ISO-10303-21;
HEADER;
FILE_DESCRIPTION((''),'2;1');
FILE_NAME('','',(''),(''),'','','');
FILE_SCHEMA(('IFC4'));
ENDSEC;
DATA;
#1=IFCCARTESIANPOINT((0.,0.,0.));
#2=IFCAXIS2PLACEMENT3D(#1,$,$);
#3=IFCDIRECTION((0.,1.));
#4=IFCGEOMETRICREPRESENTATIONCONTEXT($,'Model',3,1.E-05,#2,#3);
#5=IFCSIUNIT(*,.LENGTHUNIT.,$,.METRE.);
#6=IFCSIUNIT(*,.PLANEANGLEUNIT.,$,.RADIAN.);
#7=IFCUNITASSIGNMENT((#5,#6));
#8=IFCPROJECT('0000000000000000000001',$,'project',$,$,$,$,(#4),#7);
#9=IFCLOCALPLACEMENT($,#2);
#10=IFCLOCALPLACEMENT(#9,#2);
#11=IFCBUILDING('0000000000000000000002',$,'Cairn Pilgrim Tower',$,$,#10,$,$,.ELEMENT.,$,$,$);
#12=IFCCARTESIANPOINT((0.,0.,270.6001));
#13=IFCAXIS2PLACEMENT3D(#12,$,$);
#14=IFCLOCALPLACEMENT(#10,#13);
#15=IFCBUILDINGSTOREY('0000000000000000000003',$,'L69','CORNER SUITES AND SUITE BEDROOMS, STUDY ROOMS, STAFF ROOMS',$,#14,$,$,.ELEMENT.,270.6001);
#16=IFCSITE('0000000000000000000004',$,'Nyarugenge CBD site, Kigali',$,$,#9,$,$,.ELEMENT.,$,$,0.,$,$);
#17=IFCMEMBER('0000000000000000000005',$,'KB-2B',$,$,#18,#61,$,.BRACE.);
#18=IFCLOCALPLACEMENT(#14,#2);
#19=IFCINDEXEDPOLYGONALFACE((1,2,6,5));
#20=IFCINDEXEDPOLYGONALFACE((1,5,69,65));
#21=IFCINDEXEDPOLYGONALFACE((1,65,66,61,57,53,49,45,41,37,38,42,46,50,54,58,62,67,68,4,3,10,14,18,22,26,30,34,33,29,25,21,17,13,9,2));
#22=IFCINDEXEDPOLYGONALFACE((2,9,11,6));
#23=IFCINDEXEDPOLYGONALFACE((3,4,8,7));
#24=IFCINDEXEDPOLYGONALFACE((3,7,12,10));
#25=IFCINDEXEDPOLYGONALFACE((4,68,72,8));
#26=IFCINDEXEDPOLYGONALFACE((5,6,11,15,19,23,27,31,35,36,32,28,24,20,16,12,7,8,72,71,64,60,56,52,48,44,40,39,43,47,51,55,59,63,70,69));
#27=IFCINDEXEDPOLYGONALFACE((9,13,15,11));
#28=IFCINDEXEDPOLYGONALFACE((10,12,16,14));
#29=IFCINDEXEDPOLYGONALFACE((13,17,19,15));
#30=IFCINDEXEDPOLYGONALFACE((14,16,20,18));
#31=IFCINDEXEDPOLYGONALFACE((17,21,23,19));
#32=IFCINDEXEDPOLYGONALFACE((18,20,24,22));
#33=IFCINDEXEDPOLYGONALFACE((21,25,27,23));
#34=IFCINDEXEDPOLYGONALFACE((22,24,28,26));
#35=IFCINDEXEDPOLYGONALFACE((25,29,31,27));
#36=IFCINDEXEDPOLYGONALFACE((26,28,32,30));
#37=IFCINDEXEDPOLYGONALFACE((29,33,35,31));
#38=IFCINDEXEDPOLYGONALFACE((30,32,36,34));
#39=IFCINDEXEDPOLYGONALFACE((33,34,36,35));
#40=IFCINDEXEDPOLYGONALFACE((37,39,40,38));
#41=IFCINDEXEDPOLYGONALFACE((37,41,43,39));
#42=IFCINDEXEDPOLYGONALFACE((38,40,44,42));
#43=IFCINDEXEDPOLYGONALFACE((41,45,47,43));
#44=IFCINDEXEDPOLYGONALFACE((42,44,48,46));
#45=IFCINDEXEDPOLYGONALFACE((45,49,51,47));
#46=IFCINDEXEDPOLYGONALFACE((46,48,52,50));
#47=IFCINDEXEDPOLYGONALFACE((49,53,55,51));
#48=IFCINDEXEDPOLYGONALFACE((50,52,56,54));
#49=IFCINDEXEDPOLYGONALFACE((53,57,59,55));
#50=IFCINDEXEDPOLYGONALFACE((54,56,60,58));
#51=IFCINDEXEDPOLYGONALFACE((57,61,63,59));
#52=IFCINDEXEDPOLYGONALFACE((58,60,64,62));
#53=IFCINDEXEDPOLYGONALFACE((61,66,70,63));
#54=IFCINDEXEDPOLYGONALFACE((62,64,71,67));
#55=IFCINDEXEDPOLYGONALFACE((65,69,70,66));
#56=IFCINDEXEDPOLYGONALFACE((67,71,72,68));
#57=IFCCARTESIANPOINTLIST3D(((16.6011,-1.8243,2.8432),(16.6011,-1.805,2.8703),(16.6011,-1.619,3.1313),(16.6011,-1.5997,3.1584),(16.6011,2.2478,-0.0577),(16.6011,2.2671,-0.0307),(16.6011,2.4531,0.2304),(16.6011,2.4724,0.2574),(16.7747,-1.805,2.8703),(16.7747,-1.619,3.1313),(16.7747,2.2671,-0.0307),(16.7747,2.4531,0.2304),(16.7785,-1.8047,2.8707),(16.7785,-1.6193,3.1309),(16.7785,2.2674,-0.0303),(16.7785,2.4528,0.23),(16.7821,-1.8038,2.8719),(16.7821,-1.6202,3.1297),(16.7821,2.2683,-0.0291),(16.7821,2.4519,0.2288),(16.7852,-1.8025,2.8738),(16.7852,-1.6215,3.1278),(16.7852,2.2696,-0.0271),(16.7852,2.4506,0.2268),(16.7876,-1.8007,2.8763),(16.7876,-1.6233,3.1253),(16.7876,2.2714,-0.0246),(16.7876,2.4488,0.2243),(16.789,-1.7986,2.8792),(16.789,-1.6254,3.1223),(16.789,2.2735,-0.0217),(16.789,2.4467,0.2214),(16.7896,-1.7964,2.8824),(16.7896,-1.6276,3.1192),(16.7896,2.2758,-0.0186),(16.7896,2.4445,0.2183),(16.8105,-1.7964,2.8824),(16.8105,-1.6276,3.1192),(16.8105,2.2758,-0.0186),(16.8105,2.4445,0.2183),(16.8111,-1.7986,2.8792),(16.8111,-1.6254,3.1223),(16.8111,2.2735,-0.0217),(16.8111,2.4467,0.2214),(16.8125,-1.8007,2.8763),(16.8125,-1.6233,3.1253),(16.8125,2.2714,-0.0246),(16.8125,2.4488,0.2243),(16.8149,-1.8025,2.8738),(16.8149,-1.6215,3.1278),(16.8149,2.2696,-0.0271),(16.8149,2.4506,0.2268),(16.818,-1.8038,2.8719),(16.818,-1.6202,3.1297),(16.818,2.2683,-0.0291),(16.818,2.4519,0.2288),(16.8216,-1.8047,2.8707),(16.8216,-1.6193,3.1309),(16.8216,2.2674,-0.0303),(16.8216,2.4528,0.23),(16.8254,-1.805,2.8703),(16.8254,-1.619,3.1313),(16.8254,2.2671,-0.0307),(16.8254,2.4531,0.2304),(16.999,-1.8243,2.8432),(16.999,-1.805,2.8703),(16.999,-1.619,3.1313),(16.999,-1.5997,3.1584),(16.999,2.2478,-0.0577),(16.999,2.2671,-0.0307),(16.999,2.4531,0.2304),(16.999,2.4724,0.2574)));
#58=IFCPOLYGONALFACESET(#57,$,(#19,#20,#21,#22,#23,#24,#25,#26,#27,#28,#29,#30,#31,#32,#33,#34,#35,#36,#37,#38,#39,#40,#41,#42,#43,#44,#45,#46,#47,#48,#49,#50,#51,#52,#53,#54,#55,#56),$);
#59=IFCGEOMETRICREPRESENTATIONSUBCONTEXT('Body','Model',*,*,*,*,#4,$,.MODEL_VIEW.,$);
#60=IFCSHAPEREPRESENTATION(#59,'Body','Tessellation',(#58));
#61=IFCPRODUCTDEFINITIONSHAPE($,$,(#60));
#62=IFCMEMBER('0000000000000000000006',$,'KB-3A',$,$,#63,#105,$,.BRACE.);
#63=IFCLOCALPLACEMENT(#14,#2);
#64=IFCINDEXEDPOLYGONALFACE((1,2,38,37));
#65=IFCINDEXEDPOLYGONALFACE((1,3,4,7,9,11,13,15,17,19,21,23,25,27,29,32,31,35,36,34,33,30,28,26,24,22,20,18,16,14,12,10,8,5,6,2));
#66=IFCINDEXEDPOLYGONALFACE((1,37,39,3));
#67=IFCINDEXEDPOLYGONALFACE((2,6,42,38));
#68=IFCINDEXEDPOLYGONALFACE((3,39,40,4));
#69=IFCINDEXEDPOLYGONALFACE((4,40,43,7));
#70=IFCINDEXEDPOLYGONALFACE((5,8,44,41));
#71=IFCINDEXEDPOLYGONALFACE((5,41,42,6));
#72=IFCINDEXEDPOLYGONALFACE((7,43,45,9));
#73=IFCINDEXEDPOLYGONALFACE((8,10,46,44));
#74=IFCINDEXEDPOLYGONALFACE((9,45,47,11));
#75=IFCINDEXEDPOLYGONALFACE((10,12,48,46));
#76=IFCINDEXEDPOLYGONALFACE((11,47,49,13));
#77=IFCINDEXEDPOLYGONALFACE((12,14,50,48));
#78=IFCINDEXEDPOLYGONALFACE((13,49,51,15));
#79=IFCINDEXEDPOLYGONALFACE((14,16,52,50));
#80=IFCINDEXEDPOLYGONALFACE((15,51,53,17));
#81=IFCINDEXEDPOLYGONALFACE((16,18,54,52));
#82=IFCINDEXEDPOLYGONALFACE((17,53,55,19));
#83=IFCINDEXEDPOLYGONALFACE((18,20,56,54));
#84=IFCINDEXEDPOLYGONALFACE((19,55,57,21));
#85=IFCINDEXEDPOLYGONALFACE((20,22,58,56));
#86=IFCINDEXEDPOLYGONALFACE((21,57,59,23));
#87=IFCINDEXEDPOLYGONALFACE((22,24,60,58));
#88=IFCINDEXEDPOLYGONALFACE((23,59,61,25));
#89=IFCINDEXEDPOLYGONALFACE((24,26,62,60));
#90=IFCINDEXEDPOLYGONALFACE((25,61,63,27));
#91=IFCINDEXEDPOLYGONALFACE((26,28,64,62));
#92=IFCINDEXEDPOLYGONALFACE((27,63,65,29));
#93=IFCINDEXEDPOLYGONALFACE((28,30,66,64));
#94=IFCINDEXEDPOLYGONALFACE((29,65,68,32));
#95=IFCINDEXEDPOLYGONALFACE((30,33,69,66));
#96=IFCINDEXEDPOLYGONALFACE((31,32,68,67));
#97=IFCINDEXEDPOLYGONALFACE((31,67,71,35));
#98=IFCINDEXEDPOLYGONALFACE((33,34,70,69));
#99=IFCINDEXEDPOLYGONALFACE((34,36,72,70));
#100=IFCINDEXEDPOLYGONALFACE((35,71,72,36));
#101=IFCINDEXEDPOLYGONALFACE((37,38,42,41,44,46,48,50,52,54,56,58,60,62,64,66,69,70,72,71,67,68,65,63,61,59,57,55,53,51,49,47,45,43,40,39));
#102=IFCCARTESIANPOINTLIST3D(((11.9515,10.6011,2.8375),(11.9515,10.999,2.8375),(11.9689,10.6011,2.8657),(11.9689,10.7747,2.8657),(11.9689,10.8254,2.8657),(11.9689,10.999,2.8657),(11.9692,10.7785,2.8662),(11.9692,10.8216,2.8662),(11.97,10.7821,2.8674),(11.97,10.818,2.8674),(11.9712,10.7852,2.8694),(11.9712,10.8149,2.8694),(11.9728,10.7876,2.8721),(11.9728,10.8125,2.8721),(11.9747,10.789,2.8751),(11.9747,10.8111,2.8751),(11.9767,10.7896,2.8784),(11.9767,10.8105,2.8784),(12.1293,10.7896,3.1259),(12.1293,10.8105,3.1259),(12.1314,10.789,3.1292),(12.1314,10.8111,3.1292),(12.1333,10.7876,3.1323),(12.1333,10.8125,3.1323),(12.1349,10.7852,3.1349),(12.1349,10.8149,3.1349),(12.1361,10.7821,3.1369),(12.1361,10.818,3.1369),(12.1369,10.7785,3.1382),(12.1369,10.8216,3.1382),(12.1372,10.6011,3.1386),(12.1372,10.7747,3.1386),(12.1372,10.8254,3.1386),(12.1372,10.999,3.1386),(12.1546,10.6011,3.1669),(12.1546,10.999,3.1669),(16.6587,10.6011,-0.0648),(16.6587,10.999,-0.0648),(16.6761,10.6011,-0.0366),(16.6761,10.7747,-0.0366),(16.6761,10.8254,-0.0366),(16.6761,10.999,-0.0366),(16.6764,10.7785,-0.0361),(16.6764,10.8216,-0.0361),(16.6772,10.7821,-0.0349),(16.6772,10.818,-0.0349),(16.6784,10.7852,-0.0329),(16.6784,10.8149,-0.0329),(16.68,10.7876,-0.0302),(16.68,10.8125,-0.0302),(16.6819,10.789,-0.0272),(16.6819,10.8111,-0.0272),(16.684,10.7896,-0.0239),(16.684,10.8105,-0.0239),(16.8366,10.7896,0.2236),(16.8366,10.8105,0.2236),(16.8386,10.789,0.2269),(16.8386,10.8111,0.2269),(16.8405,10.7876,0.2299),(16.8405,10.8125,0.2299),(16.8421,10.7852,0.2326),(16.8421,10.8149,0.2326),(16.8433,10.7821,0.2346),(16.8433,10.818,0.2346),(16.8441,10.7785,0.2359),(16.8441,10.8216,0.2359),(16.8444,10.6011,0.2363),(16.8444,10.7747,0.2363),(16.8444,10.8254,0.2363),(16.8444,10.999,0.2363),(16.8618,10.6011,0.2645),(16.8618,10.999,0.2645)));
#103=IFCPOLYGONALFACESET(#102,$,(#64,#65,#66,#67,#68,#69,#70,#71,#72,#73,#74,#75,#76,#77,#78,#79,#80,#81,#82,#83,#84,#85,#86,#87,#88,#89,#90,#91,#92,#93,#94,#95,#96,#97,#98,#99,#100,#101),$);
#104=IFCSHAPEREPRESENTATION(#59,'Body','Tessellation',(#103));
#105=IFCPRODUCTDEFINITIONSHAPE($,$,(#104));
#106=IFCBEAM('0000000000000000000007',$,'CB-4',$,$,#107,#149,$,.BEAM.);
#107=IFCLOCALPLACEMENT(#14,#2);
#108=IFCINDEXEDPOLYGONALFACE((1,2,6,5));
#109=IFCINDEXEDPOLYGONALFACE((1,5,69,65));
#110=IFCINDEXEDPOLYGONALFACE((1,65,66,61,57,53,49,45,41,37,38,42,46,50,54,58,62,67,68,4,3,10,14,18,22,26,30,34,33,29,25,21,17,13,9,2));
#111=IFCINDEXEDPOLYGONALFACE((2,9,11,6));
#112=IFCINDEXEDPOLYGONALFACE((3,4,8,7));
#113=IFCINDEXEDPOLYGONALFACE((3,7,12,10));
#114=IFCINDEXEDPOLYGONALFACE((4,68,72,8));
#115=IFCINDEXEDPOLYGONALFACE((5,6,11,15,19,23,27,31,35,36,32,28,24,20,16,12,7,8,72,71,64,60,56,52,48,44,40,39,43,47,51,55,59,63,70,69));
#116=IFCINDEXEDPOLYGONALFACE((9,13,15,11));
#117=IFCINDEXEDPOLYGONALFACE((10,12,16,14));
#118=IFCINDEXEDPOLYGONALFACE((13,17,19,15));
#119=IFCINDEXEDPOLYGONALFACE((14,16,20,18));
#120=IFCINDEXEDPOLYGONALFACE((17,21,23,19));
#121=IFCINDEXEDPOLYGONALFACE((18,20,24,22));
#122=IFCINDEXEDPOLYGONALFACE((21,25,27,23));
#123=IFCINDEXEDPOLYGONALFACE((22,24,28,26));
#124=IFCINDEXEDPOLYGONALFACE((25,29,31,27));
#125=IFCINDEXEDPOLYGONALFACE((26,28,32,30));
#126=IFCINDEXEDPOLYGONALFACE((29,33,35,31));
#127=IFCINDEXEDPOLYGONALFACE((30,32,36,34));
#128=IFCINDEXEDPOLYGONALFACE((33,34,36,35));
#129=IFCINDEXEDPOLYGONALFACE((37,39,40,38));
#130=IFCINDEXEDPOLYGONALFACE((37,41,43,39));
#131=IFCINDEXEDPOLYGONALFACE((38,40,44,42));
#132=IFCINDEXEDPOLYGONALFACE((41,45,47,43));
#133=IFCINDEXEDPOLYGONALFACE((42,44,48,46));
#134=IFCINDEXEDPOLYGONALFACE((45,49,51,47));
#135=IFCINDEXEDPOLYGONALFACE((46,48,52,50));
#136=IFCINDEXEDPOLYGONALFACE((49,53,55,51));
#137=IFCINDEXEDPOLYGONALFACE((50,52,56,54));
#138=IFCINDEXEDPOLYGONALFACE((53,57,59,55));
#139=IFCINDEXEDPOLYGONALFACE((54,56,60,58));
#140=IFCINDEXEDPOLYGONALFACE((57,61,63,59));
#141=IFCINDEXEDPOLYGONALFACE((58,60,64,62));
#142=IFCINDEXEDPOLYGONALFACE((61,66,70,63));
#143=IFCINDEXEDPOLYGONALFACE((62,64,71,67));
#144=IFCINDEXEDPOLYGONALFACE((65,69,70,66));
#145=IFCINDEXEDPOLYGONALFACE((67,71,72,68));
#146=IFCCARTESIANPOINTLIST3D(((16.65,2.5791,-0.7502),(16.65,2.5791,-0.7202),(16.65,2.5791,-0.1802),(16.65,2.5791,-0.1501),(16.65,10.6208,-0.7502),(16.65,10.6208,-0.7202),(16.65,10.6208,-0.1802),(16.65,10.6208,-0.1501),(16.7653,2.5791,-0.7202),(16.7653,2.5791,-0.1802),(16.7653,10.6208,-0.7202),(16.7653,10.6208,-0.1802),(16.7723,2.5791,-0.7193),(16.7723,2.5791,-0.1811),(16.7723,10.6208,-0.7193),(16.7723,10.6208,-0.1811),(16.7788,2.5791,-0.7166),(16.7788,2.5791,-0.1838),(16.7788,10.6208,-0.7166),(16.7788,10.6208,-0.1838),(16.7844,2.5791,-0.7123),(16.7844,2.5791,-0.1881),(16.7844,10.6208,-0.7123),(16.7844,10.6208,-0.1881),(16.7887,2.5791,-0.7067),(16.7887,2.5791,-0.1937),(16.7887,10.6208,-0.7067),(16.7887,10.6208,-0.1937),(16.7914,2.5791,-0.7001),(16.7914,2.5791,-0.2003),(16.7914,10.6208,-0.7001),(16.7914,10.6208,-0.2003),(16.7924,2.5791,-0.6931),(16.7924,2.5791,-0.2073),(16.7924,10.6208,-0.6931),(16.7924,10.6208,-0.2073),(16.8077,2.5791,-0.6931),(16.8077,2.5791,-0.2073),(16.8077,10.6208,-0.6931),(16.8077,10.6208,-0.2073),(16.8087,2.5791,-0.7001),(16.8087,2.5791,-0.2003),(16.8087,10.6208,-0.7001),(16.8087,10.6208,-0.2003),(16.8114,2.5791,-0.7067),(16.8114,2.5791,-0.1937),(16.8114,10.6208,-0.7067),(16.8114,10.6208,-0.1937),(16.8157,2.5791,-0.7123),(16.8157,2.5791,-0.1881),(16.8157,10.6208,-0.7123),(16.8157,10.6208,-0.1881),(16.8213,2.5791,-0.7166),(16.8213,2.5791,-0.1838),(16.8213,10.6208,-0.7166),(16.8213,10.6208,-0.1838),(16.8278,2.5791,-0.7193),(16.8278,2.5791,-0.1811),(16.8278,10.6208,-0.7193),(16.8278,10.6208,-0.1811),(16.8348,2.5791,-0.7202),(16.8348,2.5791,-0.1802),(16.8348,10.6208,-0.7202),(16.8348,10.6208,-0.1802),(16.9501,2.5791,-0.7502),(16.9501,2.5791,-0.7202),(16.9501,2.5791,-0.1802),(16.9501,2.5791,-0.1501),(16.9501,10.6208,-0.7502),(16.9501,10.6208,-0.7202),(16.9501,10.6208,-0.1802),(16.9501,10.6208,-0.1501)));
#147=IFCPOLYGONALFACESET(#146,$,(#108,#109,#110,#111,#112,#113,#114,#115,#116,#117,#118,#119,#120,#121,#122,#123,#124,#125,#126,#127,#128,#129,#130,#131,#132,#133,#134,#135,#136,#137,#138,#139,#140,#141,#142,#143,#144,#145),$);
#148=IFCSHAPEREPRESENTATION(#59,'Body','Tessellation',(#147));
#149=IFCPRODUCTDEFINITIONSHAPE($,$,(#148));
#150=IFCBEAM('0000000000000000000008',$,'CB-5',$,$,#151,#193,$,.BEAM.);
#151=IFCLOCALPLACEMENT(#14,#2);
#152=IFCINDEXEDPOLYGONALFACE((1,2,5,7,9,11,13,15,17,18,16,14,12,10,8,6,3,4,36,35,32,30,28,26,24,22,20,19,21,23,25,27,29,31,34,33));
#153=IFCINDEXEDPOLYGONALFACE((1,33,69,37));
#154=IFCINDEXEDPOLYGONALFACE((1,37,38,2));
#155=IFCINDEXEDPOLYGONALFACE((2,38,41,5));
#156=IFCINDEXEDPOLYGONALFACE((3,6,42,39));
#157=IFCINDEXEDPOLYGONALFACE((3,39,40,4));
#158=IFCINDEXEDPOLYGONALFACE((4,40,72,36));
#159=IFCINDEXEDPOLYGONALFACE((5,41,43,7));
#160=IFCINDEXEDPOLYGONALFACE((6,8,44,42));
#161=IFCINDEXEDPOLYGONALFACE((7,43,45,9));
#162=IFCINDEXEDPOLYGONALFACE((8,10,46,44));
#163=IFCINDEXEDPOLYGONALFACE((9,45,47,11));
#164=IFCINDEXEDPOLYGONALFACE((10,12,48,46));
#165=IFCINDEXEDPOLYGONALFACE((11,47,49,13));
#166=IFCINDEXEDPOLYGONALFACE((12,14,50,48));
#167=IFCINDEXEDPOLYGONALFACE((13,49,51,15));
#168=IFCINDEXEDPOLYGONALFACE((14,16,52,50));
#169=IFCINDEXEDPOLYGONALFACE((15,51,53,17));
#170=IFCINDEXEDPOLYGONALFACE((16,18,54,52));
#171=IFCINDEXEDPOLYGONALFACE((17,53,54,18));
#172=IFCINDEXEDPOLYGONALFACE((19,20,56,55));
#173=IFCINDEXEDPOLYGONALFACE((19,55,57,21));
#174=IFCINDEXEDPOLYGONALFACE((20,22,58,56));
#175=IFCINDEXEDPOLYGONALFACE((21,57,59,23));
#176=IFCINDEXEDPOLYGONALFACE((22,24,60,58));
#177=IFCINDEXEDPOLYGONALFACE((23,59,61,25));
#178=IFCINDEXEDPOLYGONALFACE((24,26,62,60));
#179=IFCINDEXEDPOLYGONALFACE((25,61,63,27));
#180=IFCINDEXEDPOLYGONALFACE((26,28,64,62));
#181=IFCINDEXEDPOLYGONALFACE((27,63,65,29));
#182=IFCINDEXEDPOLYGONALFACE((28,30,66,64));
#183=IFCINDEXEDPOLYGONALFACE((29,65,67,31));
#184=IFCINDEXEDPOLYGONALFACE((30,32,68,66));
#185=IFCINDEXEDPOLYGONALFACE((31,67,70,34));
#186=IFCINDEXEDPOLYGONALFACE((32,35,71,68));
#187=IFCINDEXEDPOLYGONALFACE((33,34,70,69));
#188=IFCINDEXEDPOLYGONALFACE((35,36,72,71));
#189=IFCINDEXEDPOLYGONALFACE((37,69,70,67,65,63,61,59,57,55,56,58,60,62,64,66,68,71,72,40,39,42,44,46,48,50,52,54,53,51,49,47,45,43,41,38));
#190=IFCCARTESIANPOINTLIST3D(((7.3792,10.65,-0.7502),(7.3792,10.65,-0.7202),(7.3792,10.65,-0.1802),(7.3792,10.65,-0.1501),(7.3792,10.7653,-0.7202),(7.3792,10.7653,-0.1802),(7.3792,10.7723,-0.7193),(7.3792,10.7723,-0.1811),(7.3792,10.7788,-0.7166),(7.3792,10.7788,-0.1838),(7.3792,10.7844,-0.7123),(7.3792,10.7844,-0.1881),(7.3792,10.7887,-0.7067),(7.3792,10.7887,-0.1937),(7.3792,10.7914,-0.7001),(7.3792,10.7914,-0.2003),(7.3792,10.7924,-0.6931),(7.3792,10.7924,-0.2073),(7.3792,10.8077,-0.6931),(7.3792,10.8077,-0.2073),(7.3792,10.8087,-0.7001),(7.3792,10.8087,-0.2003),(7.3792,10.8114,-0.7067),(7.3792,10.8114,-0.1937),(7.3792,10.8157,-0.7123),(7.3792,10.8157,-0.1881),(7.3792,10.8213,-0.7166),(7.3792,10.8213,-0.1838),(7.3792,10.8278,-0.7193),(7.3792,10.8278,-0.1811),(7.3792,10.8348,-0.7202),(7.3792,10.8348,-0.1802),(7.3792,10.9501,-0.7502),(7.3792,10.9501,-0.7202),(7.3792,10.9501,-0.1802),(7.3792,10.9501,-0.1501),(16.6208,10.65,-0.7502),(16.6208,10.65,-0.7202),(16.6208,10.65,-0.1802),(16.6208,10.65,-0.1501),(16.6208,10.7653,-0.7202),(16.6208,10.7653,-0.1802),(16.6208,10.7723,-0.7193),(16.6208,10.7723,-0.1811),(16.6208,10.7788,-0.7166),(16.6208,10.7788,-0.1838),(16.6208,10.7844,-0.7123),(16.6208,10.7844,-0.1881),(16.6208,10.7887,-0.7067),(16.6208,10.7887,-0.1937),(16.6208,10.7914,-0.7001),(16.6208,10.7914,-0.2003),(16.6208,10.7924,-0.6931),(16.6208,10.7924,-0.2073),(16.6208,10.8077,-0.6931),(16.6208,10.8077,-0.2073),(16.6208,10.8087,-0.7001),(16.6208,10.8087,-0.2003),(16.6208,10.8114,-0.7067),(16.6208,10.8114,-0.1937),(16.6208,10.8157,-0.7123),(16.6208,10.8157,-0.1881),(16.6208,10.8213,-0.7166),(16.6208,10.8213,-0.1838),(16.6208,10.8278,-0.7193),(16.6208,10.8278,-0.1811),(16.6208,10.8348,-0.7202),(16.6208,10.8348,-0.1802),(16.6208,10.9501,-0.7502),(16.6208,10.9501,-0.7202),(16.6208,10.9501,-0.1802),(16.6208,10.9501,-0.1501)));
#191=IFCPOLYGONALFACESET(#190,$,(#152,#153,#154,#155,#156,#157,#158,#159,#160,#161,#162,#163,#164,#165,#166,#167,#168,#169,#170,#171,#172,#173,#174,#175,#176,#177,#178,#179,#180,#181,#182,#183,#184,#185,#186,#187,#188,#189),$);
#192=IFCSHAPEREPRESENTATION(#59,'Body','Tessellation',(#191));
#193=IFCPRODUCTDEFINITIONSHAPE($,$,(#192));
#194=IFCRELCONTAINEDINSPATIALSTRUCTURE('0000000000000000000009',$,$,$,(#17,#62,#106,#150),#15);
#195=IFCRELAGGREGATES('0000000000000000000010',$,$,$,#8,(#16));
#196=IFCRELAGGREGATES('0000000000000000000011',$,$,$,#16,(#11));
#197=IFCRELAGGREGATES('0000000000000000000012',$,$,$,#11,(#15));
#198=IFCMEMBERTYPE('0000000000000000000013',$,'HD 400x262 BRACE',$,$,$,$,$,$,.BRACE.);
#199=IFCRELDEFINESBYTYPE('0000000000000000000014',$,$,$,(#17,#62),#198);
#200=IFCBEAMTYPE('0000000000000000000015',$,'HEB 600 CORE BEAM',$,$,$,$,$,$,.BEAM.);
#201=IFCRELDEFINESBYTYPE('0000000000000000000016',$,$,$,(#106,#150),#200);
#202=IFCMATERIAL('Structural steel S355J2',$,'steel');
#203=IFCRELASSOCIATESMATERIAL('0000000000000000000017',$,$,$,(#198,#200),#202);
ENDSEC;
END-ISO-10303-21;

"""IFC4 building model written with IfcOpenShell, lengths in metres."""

from ifc_helpers import new_model, si_unit, direction, frame, origin, origin_2d, place, context, subcontext, project, spatial, i_section, extrude, material, material_profile, profile_set, type_object, element, save


model = new_model("IFC4")

# Units and contexts
model_context = context("Model", 3, precision=1e-05, world=origin(), true_north=direction((0.0, 1.0)))
body_context = subcontext(model_context, "Body", "Model", "MODEL_VIEW")
ifc_project = project(units=[si_unit("LENGTHUNIT", "METRE"), si_unit("PLANEANGLEUNIT", "RADIAN")], contexts=[model_context])

# Site, building, storey
site_placement = place(None, origin())
site = spatial("IfcSite", under=ifc_project, at=site_placement, Name="Nyarugenge CBD site, Kigali", CompositionType="ELEMENT", RefElevation=0.0)
building_placement = place(site_placement, origin())
building = spatial("IfcBuilding", under=site, at=building_placement, Name="Cairn Pilgrim Tower", CompositionType="ELEMENT")
storey_placement = place(building_placement, frame((0.0, 0.0, 270.6001)))
storey = spatial("IfcBuildingStorey", under=building, at=storey_placement, Name="L69", Description="CORNER SUITES AND SUITE BEDROOMS, STUDY ROOMS, STAFF ROOMS", CompositionType="ELEMENT", Elevation=270.6001)

# Shared definitions
ifc_material_1 = material(Name="Structural steel S355J2", Category="steel")

# Members
ifc_material_profile_1 = material_profile(ifc_material_1, i_section(OverallWidth=0.3979, OverallDepth=0.387, WebThickness=0.021, FlangeThickness=0.0332, FilletRadius=0.0149, at=origin_2d()), Name="HD 400x262")
ifc_profile_set_1 = profile_set([ifc_material_profile_1], Name="Structural steel S355J2")
member_type = type_object("IfcMemberType", Name="HD 400x262 BRACE", PredefinedType="BRACE", material=ifc_profile_set_1)
member_1_placement = place(storey_placement, frame((16.8, 2.3601, 0.0999), z_axis=(0.0, -0.814462, 0.580217), x_axis=(1.0, 0.0, 0.0)))
element("IfcMember", 1, at=member_1_placement, inside=storey, type_object=member_type, Name="KB-2B", PredefinedType="BRACE", context=body_context, shape_type="SweptSolid", body=[
    extrude(i_section(OverallWidth=0.3979, OverallDepth=0.387, WebThickness=0.021, FlangeThickness=0.0332, FilletRadius=0.0149, at=origin_2d()), origin(), (0.0, 0.0, 1.0), 4.9998),
])
member_2_placement = place(storey_placement, frame((16.7603, 10.8, 0.0999), z_axis=(-0.851209, 0.0, 0.524826), x_axis=(0.0, -1.0, 0.0)))
element("IfcMember", 2, at=member_2_placement, inside=storey, type_object=member_type, Name="KB-3A", PredefinedType="BRACE", context=body_context, shape_type="SweptSolid", body=[
    extrude(i_section(OverallWidth=0.3979, OverallDepth=0.387, WebThickness=0.021, FlangeThickness=0.0332, FilletRadius=0.0149, at=origin_2d()), origin(), (0.0, 0.0, 1.0), 5.53),
])

# Beams
ifc_material_profile_2 = material_profile(ifc_material_1, i_section(OverallWidth=0.3, OverallDepth=0.6001, WebThickness=0.0154, FlangeThickness=0.03, FilletRadius=0.0271, at=origin_2d()), Name="HEB 600")
ifc_profile_set_2 = profile_set([ifc_material_profile_2], Name="Structural steel S355J2")
beam_type_1 = type_object("IfcBeamType", Name="HEB 600 CORE BEAM", PredefinedType="BEAM", material=ifc_profile_set_2)
beam_1_placement = place(storey_placement, frame((16.8, 2.5791, -0.4502), z_axis=(0.0, 1.0, 0.0), x_axis=(-1.0, 0.0, 0.0)))
element("IfcBeam", 3, at=beam_1_placement, inside=storey, type_object=beam_type_1, Name="CB-4", PredefinedType="BEAM", context=body_context, shape_type="SweptSolid", body=[
    extrude(i_section(OverallWidth=0.3, OverallDepth=0.6001, WebThickness=0.0154, FlangeThickness=0.03, FilletRadius=0.0271, at=origin_2d()), origin(), (0.0, 0.0, 1.0), 8.0417),
])
beam_2_placement = place(storey_placement, frame((16.6208, 10.8, -0.4502), z_axis=(-1.0, 0.0, 0.0), x_axis=(0.0, -1.0, 0.0)))
element("IfcBeam", 4, at=beam_2_placement, inside=storey, type_object=beam_type_1, Name="CB-5", PredefinedType="BEAM", context=body_context, shape_type="SweptSolid", body=[
    extrude(i_section(OverallWidth=0.3, OverallDepth=0.6001, WebThickness=0.0154, FlangeThickness=0.03, FilletRadius=0.0271, at=origin_2d()), origin(), (0.0, 0.0, 1.0), 9.2417),
])

save(model, "model.ifc")
